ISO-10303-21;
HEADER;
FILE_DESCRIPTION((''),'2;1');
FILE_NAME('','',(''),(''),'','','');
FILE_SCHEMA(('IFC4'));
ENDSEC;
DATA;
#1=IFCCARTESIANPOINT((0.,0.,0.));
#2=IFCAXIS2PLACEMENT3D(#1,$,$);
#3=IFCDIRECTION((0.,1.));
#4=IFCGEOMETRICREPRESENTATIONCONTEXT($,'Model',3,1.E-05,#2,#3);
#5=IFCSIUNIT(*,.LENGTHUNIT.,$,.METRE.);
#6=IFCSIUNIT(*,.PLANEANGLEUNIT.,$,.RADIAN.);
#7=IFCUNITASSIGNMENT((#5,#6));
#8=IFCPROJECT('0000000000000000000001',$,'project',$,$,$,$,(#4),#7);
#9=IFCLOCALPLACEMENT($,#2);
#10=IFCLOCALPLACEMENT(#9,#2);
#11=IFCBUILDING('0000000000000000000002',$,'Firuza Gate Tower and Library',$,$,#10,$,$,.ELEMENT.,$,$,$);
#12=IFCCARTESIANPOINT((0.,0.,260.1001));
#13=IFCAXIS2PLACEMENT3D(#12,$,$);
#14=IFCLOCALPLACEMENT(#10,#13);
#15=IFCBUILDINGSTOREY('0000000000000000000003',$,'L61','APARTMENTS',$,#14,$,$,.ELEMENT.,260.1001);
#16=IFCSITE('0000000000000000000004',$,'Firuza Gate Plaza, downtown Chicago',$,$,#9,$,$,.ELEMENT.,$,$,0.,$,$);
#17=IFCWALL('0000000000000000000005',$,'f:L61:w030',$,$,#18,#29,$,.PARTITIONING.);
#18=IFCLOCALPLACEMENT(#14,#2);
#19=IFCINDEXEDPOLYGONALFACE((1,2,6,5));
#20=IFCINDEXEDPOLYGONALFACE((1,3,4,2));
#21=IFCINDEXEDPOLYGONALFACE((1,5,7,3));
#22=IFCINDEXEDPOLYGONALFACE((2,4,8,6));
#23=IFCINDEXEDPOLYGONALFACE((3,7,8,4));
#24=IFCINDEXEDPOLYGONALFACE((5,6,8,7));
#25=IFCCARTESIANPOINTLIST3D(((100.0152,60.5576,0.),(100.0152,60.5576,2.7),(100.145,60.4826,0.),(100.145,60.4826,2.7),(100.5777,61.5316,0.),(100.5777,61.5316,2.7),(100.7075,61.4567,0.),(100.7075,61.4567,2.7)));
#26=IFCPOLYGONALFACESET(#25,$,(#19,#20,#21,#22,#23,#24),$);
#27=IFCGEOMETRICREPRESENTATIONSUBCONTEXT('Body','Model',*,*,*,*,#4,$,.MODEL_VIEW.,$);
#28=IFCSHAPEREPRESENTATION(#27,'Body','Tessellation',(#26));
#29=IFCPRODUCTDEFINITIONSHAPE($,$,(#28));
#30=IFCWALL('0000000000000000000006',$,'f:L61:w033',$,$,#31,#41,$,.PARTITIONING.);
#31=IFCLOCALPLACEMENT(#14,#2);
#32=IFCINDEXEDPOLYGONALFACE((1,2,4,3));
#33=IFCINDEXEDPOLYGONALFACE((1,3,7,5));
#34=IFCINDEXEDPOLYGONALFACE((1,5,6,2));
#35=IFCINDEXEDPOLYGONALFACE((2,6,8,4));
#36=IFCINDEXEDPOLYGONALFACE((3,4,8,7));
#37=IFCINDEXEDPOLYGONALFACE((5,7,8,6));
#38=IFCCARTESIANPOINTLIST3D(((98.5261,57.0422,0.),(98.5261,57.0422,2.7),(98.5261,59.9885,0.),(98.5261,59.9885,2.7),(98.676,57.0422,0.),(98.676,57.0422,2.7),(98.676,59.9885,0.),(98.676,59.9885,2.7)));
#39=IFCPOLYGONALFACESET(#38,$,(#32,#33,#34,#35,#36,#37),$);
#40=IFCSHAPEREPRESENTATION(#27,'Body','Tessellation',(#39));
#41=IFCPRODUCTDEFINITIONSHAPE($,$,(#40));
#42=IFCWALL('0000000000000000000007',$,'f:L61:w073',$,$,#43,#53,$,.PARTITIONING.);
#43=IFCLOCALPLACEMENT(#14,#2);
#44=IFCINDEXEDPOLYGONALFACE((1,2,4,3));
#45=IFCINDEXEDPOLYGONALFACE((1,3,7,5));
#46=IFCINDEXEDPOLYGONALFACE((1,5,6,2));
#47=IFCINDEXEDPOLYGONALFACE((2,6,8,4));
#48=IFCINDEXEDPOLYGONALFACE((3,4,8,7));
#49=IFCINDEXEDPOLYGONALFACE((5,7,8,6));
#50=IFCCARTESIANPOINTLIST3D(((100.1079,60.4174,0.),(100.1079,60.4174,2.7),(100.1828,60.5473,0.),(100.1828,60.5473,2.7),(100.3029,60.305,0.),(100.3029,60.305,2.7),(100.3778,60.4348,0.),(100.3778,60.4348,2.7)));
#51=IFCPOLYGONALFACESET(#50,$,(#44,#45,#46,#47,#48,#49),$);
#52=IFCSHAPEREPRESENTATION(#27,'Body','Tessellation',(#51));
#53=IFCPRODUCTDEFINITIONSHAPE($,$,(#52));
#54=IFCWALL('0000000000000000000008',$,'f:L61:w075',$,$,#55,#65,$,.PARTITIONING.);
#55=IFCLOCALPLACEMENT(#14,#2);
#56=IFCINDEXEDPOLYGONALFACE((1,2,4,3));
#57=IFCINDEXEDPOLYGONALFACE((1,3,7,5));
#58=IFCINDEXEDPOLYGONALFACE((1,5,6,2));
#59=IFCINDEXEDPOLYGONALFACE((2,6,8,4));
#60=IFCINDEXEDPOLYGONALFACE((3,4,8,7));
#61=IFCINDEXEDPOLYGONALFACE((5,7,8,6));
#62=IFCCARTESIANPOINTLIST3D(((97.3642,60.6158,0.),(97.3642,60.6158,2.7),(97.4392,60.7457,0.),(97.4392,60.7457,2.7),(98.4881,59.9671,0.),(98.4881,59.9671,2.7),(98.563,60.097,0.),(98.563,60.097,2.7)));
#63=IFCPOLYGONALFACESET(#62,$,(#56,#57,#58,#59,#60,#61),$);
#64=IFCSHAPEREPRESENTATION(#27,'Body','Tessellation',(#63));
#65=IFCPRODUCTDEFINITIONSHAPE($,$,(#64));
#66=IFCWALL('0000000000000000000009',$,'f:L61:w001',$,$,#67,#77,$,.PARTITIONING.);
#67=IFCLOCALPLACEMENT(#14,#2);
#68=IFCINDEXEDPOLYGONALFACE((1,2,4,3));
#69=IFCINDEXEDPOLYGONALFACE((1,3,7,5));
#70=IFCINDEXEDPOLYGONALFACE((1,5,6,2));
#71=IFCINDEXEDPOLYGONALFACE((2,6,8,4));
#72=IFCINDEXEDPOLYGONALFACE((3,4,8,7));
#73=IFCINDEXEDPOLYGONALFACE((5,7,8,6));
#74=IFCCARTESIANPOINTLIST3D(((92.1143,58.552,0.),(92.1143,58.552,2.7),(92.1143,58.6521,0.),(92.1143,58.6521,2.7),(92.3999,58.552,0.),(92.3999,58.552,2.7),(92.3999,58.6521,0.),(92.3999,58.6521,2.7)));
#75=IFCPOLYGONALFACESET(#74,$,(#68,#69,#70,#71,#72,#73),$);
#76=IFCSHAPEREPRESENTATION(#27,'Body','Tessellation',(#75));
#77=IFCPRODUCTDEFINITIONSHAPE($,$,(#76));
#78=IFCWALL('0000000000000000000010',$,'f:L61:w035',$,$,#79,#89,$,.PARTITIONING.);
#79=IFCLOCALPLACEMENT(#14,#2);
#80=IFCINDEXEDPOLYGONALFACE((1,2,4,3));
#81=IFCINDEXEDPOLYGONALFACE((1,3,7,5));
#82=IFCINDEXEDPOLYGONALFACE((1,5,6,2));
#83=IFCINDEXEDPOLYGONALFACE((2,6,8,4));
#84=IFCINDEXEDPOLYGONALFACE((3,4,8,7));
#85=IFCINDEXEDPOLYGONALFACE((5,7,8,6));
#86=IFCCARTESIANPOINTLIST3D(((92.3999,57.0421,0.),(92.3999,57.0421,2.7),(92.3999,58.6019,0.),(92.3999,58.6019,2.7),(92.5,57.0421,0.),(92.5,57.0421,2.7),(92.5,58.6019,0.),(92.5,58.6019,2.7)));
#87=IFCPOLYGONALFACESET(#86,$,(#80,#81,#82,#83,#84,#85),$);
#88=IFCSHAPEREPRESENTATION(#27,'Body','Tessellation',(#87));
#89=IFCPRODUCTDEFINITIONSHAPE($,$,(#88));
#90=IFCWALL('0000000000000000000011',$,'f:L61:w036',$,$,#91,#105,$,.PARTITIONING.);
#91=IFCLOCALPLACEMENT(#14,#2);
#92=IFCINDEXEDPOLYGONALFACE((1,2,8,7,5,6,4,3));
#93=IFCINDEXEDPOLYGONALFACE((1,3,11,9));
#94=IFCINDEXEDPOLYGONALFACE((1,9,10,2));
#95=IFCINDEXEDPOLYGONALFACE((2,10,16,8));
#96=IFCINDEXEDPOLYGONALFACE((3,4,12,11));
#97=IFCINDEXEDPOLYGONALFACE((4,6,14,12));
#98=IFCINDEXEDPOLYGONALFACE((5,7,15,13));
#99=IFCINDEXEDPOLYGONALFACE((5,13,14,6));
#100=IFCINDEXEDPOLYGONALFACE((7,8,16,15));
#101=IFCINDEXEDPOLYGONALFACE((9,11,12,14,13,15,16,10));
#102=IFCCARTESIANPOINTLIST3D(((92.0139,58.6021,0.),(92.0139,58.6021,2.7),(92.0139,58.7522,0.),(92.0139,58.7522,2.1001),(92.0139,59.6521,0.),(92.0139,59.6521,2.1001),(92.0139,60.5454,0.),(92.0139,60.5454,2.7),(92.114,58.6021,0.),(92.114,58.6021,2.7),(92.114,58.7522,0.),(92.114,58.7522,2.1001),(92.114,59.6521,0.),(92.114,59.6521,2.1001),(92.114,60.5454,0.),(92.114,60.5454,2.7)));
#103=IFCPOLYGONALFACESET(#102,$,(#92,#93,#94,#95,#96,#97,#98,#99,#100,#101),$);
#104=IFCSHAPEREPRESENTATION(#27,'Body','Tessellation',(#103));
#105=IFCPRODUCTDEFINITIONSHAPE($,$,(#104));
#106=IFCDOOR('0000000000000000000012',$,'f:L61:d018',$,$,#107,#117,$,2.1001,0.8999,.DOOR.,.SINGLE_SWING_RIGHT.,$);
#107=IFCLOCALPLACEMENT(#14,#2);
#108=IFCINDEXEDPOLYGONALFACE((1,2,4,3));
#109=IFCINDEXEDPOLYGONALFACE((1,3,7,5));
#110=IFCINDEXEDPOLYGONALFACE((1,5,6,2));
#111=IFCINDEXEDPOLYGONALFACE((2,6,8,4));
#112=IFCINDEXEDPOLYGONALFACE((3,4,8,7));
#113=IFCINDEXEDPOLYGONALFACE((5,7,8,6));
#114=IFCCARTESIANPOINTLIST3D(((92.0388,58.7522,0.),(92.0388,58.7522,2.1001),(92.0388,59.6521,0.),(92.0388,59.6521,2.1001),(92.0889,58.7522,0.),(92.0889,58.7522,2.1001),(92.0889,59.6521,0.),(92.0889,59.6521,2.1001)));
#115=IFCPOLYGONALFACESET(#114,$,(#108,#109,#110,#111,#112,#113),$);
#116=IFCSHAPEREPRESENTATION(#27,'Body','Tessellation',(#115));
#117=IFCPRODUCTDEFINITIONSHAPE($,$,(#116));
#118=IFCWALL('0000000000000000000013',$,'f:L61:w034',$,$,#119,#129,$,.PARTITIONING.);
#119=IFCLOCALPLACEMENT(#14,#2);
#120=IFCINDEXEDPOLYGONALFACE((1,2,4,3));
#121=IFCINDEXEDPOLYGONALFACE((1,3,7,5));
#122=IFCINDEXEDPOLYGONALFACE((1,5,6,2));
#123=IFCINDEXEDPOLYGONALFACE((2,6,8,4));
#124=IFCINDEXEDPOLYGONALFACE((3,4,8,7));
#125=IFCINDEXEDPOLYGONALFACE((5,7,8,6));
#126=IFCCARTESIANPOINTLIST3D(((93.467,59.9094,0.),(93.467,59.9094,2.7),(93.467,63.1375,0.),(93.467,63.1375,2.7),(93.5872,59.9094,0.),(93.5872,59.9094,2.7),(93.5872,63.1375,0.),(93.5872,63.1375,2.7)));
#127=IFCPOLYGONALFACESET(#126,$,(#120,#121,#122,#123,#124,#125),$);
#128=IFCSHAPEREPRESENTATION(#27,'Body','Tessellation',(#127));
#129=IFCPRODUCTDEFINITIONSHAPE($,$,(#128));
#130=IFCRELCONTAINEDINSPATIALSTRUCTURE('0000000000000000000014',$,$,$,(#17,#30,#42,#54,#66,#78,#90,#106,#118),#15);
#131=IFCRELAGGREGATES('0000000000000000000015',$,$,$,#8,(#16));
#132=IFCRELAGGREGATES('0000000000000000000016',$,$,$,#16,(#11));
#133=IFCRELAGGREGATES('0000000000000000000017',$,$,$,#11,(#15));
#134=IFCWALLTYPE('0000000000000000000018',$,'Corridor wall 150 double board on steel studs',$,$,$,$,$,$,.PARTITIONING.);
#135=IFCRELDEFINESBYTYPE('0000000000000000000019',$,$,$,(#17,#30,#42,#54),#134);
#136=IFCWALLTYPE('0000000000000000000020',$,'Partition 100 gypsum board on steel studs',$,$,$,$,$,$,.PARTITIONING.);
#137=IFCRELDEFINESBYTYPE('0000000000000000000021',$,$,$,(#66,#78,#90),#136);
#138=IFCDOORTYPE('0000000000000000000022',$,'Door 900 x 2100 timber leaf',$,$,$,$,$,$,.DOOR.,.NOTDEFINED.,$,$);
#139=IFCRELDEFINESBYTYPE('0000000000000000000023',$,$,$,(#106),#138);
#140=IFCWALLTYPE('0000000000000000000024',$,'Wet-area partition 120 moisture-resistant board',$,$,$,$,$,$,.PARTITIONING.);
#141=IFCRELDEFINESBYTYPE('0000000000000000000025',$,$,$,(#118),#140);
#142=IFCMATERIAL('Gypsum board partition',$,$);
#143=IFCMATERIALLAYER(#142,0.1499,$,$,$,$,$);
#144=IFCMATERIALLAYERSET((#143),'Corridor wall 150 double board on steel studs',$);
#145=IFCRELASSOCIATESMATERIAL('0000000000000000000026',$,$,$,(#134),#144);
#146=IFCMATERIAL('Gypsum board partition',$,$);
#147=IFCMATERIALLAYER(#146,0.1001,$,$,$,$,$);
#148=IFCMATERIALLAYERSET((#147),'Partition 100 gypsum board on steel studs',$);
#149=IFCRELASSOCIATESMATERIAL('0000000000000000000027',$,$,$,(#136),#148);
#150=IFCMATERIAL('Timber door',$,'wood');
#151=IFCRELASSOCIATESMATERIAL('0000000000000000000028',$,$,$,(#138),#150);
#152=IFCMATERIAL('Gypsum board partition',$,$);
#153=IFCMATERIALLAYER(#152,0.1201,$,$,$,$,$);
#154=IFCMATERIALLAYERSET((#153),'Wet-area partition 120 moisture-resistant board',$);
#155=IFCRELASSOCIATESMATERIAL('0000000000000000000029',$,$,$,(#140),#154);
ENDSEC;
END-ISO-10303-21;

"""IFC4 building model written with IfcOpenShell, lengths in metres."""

from ifc_helpers import new_model, si_unit, direction, frame, frame_2d, origin, place, context, subcontext, project, spatial, rectangle, extrude, material, layer, layer_set, type_object, element, fill, save


model = new_model("IFC4")

# Units and contexts
model_context = context("Model", 3, precision=1e-05, world=origin(), true_north=direction((0.0, 1.0)))
body_context = subcontext(model_context, "Body", "Model", "MODEL_VIEW")
ifc_project = project(units=[si_unit("LENGTHUNIT", "METRE"), si_unit("PLANEANGLEUNIT", "RADIAN")], contexts=[model_context])

# Site, building, storey
site_placement = place(None, origin())
site = spatial("IfcSite", under=ifc_project, at=site_placement, Name="Firuza Gate Plaza, downtown Chicago", CompositionType="ELEMENT", RefElevation=0.0)
building_placement = place(site_placement, origin())
building = spatial("IfcBuilding", under=site, at=building_placement, Name="Firuza Gate Tower and Library", CompositionType="ELEMENT")
storey_placement = place(building_placement, frame((0.0, 0.0, 260.1001)))
storey = spatial("IfcBuildingStorey", under=building, at=storey_placement, Name="L61", Description="APARTMENTS", CompositionType="ELEMENT", Elevation=260.1001)

# Walls
ifc_material_1 = material(Name="Gypsum board partition")
ifc_layer_1 = layer(ifc_material_1, 0.1499)
ifc_layer_set_1 = layer_set([ifc_layer_1], Name="Corridor wall 150 double board on steel studs")
wall_type_1 = type_object("IfcWallType", Name="Corridor wall 150 double board on steel studs", PredefinedType="PARTITIONING", material=ifc_layer_set_1)
wall_1_placement = place(storey_placement, frame((100.0801, 60.52, 0.0), z_axis=(0.0, 0.0, 1.0), x_axis=(0.500061, 0.86599, 0.0)))
element("IfcWall", 1, at=wall_1_placement, inside=storey, type_object=wall_type_1, Name="f:L61:w030", PredefinedType="PARTITIONING", context=body_context, shape_type="SweptSolid", body=[
    extrude(rectangle(XDim=1.1248, YDim=0.1499, at=frame_2d((0.5625, 0.0))), origin(), (0.0, 0.0, 1.0), 2.7),
])
wall_2_placement = place(storey_placement, frame((98.6011, 57.0422, 0.0), z_axis=(0.0, 0.0, 1.0), x_axis=(0.0, 1.0, 0.0)))
element("IfcWall", 2, at=wall_2_placement, inside=storey, type_object=wall_type_1, Name="f:L61:w033", PredefinedType="PARTITIONING", context=body_context, shape_type="SweptSolid", body=[
    extrude(rectangle(XDim=2.9463, YDim=0.1499, at=frame_2d((1.4731, 0.0))), origin(), (0.0, 0.0, 1.0), 2.7),
])
wall_3_placement = place(storey_placement, frame((100.3403, 60.3699, 0.0), z_axis=(0.0, 0.0, 1.0), x_axis=(-0.866168, 0.499754, 0.0)))
element("IfcWall", 3, at=wall_3_placement, inside=storey, type_object=wall_type_1, Name="f:L61:w073", PredefinedType="PARTITIONING", context=body_context, shape_type="SweptSolid", body=[
    extrude(rectangle(XDim=0.2251, YDim=0.1499, at=frame_2d((0.1125, 0.0))), origin(), (0.0, 0.0, 1.0), 2.7),
])
wall_4_placement = place(storey_placement, frame((98.5256, 60.032, 0.0), z_axis=(0.0, 0.0, 1.0), x_axis=(-0.86607, 0.499923, 0.0)))
element("IfcWall", 4, at=wall_4_placement, inside=storey, type_object=wall_type_1, Name="f:L61:w075", PredefinedType="PARTITIONING", context=body_context, shape_type="SweptSolid", body=[
    extrude(rectangle(XDim=1.2976, YDim=0.1499, at=frame_2d((0.6489, 0.0))), origin(), (0.0, 0.0, 1.0), 2.7),
])
ifc_material_2 = material(Name="Gypsum board partition")
ifc_layer_2 = layer(ifc_material_2, 0.1001)
ifc_layer_set_2 = layer_set([ifc_layer_2], Name="Partition 100 gypsum board on steel studs")
wall_type_2 = type_object("IfcWallType", Name="Partition 100 gypsum board on steel studs", PredefinedType="PARTITIONING", material=ifc_layer_set_2)
wall_5_placement = place(storey_placement, frame((92.1143, 58.6021, 0.0), z_axis=(0.0, 0.0, 1.0), x_axis=(1.0, 0.0, 0.0)))
element("IfcWall", 5, at=wall_5_placement, inside=storey, type_object=wall_type_2, Name="f:L61:w001", PredefinedType="PARTITIONING", context=body_context, shape_type="SweptSolid", body=[
    extrude(rectangle(XDim=0.2856, YDim=0.1001, at=frame_2d((0.1428, 0.0))), origin(), (0.0, 0.0, 1.0), 2.7),
])
wall_6_placement = place(storey_placement, frame((92.45, 57.0422, 0.0), z_axis=(0.0, 0.0, 1.0), x_axis=(0.0, 1.0, 0.0)))
element("IfcWall", 6, at=wall_6_placement, inside=storey, type_object=wall_type_2, Name="f:L61:w035", PredefinedType="PARTITIONING", context=body_context, shape_type="SweptSolid", body=[
    extrude(rectangle(XDim=1.5598, YDim=0.1001, at=frame_2d((0.7798, 0.0))), origin(), (0.0, 0.0, 1.0), 2.7),
])

# Wall, opening, door
wall_7_placement = place(storey_placement, frame((92.064, 60.5454, 0.0), z_axis=(0.0, 0.0, 1.0), x_axis=(0.0, -1.0, 0.0)))
wall_7 = element("IfcWall", 7, at=wall_7_placement, inside=storey, type_object=wall_type_2, Name="f:L61:w036", PredefinedType="PARTITIONING", context=body_context, shape_type="SweptSolid", body=[
    extrude(rectangle(XDim=1.9434, YDim=0.1001, at=frame_2d((0.9717, 0.0))), origin(), (0.0, 0.0, 1.0), 2.7),
])
opening_placement = place(wall_7_placement, frame((0.8933, 0.0, 0.0)))
opening = element("IfcOpeningElement", 8, at=opening_placement, cuts=wall_7, PredefinedType="OPENING", context=body_context, shape_type="SweptSolid", body=[
    extrude(rectangle(XDim=0.8999, YDim=2.1001, at=frame_2d((0.45, 1.05))), frame((0.0, 0.0601, 0.0), z_axis=(0.0, -1.0, 0.0), x_axis=(1.0, 0.0, 0.0)), (0.0, 0.0, 1.0), 0.1201),
])
ifc_material_3 = material(Name="Timber door", Category="wood")
door_type = type_object("IfcDoorType", Name="Door 900 x 2100 timber leaf", OperationType="NOTDEFINED", PredefinedType="DOOR", material=ifc_material_3)
door_placement = place(opening_placement, origin())
door = element("IfcDoor", 9, at=door_placement, inside=storey, type_object=door_type, Name="f:L61:d018", OperationType="SINGLE_SWING_RIGHT", OverallHeight=2.1001, OverallWidth=0.8999, PredefinedType="DOOR", context=body_context, shape_type="SweptSolid", body=[
    extrude(rectangle(XDim=0.8999, YDim=2.1001, at=frame_2d((0.45, 1.05))), frame((0.0, 0.0249, 0.0), z_axis=(0.0, -1.0, 0.0), x_axis=(1.0, 0.0, 0.0)), (0.0, 0.0, 1.0), 0.05),
])
fill(opening, door)

# Wall
ifc_material_4 = material(Name="Gypsum board partition")
ifc_layer_3 = layer(ifc_material_4, 0.1201)
ifc_layer_set_3 = layer_set([ifc_layer_3], Name="Wet-area partition 120 moisture-resistant board")
wall_type_3 = type_object("IfcWallType", Name="Wet-area partition 120 moisture-resistant board", PredefinedType="PARTITIONING", material=ifc_layer_set_3)
wall_8_placement = place(storey_placement, frame((93.5271, 59.9094, 0.0), z_axis=(0.0, 0.0, 1.0), x_axis=(0.0, 1.0, 0.0)))
element("IfcWall", 10, at=wall_8_placement, inside=storey, type_object=wall_type_3, Name="f:L61:w034", PredefinedType="PARTITIONING", context=body_context, shape_type="SweptSolid", body=[
    extrude(rectangle(XDim=3.228, YDim=0.1201, at=frame_2d((1.614, 0.0))), origin(), (0.0, 0.0, 1.0), 2.7),
])

save(model, "model.ifc")
